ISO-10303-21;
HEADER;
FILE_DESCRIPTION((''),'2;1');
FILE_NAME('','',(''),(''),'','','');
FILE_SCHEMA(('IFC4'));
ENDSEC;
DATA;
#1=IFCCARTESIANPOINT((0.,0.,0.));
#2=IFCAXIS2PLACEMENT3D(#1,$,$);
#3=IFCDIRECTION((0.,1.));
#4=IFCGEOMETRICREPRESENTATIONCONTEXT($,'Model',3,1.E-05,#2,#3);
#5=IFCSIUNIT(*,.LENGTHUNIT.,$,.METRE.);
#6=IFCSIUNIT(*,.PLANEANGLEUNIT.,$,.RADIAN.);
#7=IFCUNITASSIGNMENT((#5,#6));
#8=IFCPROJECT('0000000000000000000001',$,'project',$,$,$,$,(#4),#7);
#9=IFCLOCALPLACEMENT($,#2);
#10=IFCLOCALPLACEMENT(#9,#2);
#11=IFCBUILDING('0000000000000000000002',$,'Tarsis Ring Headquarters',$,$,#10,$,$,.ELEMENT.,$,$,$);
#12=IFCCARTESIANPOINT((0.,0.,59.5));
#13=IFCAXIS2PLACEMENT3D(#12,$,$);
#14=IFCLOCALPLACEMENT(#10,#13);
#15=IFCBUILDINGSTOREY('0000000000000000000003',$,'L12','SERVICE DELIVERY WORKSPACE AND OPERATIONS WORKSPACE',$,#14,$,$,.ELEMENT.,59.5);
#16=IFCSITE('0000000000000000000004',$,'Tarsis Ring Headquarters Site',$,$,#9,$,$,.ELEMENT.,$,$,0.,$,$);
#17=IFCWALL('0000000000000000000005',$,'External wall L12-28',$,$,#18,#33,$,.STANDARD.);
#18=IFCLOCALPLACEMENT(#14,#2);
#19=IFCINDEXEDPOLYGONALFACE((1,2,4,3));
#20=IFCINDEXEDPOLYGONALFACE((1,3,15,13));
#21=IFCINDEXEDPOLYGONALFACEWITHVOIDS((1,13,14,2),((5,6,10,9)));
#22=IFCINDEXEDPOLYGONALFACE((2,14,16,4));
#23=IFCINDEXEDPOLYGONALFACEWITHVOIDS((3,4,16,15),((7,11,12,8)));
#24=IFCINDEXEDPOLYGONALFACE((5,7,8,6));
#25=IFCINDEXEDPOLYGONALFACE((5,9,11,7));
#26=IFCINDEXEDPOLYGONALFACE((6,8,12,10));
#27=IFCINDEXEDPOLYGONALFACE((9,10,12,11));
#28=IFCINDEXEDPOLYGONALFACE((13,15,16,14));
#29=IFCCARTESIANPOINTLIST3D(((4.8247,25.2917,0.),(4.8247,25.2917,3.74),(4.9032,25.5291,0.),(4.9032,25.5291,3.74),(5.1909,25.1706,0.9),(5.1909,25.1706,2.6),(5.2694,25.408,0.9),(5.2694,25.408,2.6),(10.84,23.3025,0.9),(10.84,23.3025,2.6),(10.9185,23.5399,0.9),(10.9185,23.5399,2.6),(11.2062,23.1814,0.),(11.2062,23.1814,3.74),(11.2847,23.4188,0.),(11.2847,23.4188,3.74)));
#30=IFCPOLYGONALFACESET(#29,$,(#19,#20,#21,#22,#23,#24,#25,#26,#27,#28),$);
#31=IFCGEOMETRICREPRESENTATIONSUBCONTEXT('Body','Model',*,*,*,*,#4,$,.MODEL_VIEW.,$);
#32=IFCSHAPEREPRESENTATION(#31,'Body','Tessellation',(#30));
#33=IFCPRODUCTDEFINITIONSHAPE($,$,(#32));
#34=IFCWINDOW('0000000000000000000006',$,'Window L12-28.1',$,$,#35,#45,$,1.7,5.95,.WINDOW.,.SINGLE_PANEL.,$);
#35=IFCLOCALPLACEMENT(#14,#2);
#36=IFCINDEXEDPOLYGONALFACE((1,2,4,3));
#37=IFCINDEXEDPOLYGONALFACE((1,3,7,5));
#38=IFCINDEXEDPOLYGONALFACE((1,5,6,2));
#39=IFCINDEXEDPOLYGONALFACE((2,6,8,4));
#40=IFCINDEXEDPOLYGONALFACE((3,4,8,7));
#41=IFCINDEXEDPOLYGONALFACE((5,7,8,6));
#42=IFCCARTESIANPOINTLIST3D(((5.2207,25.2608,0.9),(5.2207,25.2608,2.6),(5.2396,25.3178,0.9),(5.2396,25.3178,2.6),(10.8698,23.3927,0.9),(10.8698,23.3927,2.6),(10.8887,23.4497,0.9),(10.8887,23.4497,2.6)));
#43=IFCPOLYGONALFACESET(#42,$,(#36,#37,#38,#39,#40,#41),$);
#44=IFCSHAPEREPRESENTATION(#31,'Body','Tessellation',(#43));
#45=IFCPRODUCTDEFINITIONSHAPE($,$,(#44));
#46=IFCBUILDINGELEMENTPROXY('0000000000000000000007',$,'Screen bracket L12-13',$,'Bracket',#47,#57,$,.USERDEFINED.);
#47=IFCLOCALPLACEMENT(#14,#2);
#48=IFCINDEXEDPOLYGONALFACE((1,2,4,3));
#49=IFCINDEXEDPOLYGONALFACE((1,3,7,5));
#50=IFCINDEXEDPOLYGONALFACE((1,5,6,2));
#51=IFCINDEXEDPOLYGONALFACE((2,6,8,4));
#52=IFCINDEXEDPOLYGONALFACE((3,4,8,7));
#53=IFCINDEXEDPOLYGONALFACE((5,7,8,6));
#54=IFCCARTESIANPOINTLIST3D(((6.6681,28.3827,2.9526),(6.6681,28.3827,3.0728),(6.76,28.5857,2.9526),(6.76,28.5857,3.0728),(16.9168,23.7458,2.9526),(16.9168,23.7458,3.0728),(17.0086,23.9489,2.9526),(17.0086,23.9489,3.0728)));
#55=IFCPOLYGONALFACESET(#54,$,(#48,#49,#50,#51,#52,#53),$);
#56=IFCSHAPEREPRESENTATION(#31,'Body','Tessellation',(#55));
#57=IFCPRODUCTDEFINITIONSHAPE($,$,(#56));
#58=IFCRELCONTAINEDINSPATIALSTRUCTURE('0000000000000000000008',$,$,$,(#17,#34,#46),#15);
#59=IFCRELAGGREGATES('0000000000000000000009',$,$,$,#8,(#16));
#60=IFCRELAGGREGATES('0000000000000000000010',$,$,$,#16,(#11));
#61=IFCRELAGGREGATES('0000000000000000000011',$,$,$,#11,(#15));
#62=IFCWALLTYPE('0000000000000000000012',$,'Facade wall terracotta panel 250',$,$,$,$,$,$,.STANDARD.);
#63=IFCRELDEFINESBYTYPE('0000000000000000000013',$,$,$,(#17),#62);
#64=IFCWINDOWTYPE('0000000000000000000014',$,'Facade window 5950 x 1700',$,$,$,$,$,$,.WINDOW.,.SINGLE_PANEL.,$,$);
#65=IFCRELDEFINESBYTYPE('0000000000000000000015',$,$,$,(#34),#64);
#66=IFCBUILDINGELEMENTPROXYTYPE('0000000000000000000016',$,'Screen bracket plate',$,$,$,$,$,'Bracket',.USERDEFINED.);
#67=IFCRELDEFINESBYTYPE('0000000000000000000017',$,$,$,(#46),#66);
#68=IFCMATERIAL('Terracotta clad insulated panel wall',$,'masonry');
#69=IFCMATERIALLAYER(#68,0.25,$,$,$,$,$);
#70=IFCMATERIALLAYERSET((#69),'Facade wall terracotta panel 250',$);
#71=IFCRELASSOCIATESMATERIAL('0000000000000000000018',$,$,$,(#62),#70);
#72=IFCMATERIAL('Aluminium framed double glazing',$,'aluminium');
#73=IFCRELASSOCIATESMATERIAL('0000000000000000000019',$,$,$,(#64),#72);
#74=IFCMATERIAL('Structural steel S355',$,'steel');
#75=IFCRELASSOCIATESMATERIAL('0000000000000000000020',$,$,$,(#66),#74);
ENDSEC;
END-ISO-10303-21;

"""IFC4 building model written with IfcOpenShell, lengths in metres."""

from ifc_helpers import new_model, si_unit, direction, frame, frame_2d, origin, origin_2d, place, context, subcontext, project, spatial, rectangle, extrude, material, layer, layer_set, type_object, element, fill, save


model = new_model("IFC4")

# Units and contexts
model_context = context("Model", 3, precision=1e-05, world=origin(), true_north=direction((0.0, 1.0)))
body_context = subcontext(model_context, "Body", "Model", "MODEL_VIEW")
ifc_project = project(units=[si_unit("LENGTHUNIT", "METRE"), si_unit("PLANEANGLEUNIT", "RADIAN")], contexts=[model_context])

# Site, building, storey
site_placement = place(None, origin())
site = spatial("IfcSite", under=ifc_project, at=site_placement, Name="Tarsis Ring Headquarters Site", CompositionType="ELEMENT", RefElevation=0.0)
building_placement = place(site_placement, origin())
building = spatial("IfcBuilding", under=site, at=building_placement, Name="Tarsis Ring Headquarters", CompositionType="ELEMENT")
storey_placement = place(building_placement, frame((0.0, 0.0, 59.5)))
storey = spatial("IfcBuildingStorey", under=building, at=storey_placement, Name="L12", Description="SERVICE DELIVERY WORKSPACE AND OPERATIONS WORKSPACE", CompositionType="ELEMENT", Elevation=59.5)

# Shared definitions
ifc_material_1 = material(Name="Structural steel S355", Category="steel")

# Wall, opening, window
ifc_material_2 = material(Name="Terracotta clad insulated panel wall", Category="masonry")
ifc_layer = layer(ifc_material_2, 0.25)
ifc_layer_set = layer_set([ifc_layer], Name="Facade wall terracotta panel 250")
wall_type = type_object("IfcWallType", Name="Facade wall terracotta panel 250", PredefinedType="STANDARD", material=ifc_layer_set)
ifc_material_3 = material(Name="Aluminium framed double glazing", Category="aluminium")
window_type = type_object("IfcWindowType", Name="Facade window 5950 x 1700", PartitioningType="SINGLE_PANEL", PredefinedType="WINDOW", material=ifc_material_3)
wall_1_placement = place(storey_placement, frame((11.2456, 23.3, 0.0), z_axis=(0.0, 0.0, 1.0), x_axis=(-0.949432, 0.313971, 0.0)))
wall_1 = element("IfcWall", 1, at=wall_1_placement, inside=storey, type_object=wall_type, Name="External wall L12-28", PredefinedType="STANDARD", context=body_context, shape_type="SweptSolid", body=[
    extrude(rectangle(XDim=6.7214, YDim=0.25, at=frame_2d((3.3608, 0.0))), origin(), (0.0, 0.0, 1.0), 3.74),
])
opening_1_placement = place(wall_1_placement, frame((0.3857, 0.0, 0.8999)))
opening_1 = element("IfcOpeningElement", 2, at=opening_1_placement, cuts=wall_1, PredefinedType="OPENING", context=body_context, shape_type="SweptSolid", body=[
    extrude(rectangle(XDim=5.95, YDim=1.7, at=frame_2d((2.9751, 0.8501))), frame((0.0, 0.135, 0.0), z_axis=(0.0, -1.0, 0.0), x_axis=(1.0, 0.0, 0.0)), (0.0, 0.0, 1.0), 0.27),
])
window_1_placement = place(opening_1_placement, origin())
window_1 = element("IfcWindow", 3, at=window_1_placement, inside=storey, type_object=window_type, Name="Window L12-28.1", OverallHeight=1.7, OverallWidth=5.95, PartitioningType="SINGLE_PANEL", PredefinedType="WINDOW", context=body_context, shape_type="SweptSolid", body=[
    extrude(rectangle(XDim=5.95, YDim=1.7, at=frame_2d((2.9751, 0.8501))), frame((0.0, 0.03, 0.0), z_axis=(0.0, -1.0, 0.0), x_axis=(1.0, 0.0, 0.0)), (0.0, 0.0, 1.0), 0.0601),
])
fill(opening_1, window_1)

# Building element proxy
building_element_proxy_type = type_object("IfcBuildingElementProxyType", Name="Screen bracket plate", ElementType="Bracket", PredefinedType="USERDEFINED", material=ifc_material_1)
proxy_placement = place(storey_placement, frame((11.8384, 26.1658, 2.9526), z_axis=(0.0, 0.0, 1.0), x_axis=(-0.911089, 0.412211, 0.0)))
element("IfcBuildingElementProxy", 4, at=proxy_placement, inside=storey, type_object=building_element_proxy_type, Name="Screen bracket L12-13", ObjectType="Bracket", PredefinedType="USERDEFINED", context=body_context, shape_type="SweptSolid", body=[
    extrude(rectangle(XDim=11.2488, YDim=0.2229, at=origin_2d()), origin(), (0.0, 0.0, 1.0), 0.1201),
])

save(model, "model.ifc")
